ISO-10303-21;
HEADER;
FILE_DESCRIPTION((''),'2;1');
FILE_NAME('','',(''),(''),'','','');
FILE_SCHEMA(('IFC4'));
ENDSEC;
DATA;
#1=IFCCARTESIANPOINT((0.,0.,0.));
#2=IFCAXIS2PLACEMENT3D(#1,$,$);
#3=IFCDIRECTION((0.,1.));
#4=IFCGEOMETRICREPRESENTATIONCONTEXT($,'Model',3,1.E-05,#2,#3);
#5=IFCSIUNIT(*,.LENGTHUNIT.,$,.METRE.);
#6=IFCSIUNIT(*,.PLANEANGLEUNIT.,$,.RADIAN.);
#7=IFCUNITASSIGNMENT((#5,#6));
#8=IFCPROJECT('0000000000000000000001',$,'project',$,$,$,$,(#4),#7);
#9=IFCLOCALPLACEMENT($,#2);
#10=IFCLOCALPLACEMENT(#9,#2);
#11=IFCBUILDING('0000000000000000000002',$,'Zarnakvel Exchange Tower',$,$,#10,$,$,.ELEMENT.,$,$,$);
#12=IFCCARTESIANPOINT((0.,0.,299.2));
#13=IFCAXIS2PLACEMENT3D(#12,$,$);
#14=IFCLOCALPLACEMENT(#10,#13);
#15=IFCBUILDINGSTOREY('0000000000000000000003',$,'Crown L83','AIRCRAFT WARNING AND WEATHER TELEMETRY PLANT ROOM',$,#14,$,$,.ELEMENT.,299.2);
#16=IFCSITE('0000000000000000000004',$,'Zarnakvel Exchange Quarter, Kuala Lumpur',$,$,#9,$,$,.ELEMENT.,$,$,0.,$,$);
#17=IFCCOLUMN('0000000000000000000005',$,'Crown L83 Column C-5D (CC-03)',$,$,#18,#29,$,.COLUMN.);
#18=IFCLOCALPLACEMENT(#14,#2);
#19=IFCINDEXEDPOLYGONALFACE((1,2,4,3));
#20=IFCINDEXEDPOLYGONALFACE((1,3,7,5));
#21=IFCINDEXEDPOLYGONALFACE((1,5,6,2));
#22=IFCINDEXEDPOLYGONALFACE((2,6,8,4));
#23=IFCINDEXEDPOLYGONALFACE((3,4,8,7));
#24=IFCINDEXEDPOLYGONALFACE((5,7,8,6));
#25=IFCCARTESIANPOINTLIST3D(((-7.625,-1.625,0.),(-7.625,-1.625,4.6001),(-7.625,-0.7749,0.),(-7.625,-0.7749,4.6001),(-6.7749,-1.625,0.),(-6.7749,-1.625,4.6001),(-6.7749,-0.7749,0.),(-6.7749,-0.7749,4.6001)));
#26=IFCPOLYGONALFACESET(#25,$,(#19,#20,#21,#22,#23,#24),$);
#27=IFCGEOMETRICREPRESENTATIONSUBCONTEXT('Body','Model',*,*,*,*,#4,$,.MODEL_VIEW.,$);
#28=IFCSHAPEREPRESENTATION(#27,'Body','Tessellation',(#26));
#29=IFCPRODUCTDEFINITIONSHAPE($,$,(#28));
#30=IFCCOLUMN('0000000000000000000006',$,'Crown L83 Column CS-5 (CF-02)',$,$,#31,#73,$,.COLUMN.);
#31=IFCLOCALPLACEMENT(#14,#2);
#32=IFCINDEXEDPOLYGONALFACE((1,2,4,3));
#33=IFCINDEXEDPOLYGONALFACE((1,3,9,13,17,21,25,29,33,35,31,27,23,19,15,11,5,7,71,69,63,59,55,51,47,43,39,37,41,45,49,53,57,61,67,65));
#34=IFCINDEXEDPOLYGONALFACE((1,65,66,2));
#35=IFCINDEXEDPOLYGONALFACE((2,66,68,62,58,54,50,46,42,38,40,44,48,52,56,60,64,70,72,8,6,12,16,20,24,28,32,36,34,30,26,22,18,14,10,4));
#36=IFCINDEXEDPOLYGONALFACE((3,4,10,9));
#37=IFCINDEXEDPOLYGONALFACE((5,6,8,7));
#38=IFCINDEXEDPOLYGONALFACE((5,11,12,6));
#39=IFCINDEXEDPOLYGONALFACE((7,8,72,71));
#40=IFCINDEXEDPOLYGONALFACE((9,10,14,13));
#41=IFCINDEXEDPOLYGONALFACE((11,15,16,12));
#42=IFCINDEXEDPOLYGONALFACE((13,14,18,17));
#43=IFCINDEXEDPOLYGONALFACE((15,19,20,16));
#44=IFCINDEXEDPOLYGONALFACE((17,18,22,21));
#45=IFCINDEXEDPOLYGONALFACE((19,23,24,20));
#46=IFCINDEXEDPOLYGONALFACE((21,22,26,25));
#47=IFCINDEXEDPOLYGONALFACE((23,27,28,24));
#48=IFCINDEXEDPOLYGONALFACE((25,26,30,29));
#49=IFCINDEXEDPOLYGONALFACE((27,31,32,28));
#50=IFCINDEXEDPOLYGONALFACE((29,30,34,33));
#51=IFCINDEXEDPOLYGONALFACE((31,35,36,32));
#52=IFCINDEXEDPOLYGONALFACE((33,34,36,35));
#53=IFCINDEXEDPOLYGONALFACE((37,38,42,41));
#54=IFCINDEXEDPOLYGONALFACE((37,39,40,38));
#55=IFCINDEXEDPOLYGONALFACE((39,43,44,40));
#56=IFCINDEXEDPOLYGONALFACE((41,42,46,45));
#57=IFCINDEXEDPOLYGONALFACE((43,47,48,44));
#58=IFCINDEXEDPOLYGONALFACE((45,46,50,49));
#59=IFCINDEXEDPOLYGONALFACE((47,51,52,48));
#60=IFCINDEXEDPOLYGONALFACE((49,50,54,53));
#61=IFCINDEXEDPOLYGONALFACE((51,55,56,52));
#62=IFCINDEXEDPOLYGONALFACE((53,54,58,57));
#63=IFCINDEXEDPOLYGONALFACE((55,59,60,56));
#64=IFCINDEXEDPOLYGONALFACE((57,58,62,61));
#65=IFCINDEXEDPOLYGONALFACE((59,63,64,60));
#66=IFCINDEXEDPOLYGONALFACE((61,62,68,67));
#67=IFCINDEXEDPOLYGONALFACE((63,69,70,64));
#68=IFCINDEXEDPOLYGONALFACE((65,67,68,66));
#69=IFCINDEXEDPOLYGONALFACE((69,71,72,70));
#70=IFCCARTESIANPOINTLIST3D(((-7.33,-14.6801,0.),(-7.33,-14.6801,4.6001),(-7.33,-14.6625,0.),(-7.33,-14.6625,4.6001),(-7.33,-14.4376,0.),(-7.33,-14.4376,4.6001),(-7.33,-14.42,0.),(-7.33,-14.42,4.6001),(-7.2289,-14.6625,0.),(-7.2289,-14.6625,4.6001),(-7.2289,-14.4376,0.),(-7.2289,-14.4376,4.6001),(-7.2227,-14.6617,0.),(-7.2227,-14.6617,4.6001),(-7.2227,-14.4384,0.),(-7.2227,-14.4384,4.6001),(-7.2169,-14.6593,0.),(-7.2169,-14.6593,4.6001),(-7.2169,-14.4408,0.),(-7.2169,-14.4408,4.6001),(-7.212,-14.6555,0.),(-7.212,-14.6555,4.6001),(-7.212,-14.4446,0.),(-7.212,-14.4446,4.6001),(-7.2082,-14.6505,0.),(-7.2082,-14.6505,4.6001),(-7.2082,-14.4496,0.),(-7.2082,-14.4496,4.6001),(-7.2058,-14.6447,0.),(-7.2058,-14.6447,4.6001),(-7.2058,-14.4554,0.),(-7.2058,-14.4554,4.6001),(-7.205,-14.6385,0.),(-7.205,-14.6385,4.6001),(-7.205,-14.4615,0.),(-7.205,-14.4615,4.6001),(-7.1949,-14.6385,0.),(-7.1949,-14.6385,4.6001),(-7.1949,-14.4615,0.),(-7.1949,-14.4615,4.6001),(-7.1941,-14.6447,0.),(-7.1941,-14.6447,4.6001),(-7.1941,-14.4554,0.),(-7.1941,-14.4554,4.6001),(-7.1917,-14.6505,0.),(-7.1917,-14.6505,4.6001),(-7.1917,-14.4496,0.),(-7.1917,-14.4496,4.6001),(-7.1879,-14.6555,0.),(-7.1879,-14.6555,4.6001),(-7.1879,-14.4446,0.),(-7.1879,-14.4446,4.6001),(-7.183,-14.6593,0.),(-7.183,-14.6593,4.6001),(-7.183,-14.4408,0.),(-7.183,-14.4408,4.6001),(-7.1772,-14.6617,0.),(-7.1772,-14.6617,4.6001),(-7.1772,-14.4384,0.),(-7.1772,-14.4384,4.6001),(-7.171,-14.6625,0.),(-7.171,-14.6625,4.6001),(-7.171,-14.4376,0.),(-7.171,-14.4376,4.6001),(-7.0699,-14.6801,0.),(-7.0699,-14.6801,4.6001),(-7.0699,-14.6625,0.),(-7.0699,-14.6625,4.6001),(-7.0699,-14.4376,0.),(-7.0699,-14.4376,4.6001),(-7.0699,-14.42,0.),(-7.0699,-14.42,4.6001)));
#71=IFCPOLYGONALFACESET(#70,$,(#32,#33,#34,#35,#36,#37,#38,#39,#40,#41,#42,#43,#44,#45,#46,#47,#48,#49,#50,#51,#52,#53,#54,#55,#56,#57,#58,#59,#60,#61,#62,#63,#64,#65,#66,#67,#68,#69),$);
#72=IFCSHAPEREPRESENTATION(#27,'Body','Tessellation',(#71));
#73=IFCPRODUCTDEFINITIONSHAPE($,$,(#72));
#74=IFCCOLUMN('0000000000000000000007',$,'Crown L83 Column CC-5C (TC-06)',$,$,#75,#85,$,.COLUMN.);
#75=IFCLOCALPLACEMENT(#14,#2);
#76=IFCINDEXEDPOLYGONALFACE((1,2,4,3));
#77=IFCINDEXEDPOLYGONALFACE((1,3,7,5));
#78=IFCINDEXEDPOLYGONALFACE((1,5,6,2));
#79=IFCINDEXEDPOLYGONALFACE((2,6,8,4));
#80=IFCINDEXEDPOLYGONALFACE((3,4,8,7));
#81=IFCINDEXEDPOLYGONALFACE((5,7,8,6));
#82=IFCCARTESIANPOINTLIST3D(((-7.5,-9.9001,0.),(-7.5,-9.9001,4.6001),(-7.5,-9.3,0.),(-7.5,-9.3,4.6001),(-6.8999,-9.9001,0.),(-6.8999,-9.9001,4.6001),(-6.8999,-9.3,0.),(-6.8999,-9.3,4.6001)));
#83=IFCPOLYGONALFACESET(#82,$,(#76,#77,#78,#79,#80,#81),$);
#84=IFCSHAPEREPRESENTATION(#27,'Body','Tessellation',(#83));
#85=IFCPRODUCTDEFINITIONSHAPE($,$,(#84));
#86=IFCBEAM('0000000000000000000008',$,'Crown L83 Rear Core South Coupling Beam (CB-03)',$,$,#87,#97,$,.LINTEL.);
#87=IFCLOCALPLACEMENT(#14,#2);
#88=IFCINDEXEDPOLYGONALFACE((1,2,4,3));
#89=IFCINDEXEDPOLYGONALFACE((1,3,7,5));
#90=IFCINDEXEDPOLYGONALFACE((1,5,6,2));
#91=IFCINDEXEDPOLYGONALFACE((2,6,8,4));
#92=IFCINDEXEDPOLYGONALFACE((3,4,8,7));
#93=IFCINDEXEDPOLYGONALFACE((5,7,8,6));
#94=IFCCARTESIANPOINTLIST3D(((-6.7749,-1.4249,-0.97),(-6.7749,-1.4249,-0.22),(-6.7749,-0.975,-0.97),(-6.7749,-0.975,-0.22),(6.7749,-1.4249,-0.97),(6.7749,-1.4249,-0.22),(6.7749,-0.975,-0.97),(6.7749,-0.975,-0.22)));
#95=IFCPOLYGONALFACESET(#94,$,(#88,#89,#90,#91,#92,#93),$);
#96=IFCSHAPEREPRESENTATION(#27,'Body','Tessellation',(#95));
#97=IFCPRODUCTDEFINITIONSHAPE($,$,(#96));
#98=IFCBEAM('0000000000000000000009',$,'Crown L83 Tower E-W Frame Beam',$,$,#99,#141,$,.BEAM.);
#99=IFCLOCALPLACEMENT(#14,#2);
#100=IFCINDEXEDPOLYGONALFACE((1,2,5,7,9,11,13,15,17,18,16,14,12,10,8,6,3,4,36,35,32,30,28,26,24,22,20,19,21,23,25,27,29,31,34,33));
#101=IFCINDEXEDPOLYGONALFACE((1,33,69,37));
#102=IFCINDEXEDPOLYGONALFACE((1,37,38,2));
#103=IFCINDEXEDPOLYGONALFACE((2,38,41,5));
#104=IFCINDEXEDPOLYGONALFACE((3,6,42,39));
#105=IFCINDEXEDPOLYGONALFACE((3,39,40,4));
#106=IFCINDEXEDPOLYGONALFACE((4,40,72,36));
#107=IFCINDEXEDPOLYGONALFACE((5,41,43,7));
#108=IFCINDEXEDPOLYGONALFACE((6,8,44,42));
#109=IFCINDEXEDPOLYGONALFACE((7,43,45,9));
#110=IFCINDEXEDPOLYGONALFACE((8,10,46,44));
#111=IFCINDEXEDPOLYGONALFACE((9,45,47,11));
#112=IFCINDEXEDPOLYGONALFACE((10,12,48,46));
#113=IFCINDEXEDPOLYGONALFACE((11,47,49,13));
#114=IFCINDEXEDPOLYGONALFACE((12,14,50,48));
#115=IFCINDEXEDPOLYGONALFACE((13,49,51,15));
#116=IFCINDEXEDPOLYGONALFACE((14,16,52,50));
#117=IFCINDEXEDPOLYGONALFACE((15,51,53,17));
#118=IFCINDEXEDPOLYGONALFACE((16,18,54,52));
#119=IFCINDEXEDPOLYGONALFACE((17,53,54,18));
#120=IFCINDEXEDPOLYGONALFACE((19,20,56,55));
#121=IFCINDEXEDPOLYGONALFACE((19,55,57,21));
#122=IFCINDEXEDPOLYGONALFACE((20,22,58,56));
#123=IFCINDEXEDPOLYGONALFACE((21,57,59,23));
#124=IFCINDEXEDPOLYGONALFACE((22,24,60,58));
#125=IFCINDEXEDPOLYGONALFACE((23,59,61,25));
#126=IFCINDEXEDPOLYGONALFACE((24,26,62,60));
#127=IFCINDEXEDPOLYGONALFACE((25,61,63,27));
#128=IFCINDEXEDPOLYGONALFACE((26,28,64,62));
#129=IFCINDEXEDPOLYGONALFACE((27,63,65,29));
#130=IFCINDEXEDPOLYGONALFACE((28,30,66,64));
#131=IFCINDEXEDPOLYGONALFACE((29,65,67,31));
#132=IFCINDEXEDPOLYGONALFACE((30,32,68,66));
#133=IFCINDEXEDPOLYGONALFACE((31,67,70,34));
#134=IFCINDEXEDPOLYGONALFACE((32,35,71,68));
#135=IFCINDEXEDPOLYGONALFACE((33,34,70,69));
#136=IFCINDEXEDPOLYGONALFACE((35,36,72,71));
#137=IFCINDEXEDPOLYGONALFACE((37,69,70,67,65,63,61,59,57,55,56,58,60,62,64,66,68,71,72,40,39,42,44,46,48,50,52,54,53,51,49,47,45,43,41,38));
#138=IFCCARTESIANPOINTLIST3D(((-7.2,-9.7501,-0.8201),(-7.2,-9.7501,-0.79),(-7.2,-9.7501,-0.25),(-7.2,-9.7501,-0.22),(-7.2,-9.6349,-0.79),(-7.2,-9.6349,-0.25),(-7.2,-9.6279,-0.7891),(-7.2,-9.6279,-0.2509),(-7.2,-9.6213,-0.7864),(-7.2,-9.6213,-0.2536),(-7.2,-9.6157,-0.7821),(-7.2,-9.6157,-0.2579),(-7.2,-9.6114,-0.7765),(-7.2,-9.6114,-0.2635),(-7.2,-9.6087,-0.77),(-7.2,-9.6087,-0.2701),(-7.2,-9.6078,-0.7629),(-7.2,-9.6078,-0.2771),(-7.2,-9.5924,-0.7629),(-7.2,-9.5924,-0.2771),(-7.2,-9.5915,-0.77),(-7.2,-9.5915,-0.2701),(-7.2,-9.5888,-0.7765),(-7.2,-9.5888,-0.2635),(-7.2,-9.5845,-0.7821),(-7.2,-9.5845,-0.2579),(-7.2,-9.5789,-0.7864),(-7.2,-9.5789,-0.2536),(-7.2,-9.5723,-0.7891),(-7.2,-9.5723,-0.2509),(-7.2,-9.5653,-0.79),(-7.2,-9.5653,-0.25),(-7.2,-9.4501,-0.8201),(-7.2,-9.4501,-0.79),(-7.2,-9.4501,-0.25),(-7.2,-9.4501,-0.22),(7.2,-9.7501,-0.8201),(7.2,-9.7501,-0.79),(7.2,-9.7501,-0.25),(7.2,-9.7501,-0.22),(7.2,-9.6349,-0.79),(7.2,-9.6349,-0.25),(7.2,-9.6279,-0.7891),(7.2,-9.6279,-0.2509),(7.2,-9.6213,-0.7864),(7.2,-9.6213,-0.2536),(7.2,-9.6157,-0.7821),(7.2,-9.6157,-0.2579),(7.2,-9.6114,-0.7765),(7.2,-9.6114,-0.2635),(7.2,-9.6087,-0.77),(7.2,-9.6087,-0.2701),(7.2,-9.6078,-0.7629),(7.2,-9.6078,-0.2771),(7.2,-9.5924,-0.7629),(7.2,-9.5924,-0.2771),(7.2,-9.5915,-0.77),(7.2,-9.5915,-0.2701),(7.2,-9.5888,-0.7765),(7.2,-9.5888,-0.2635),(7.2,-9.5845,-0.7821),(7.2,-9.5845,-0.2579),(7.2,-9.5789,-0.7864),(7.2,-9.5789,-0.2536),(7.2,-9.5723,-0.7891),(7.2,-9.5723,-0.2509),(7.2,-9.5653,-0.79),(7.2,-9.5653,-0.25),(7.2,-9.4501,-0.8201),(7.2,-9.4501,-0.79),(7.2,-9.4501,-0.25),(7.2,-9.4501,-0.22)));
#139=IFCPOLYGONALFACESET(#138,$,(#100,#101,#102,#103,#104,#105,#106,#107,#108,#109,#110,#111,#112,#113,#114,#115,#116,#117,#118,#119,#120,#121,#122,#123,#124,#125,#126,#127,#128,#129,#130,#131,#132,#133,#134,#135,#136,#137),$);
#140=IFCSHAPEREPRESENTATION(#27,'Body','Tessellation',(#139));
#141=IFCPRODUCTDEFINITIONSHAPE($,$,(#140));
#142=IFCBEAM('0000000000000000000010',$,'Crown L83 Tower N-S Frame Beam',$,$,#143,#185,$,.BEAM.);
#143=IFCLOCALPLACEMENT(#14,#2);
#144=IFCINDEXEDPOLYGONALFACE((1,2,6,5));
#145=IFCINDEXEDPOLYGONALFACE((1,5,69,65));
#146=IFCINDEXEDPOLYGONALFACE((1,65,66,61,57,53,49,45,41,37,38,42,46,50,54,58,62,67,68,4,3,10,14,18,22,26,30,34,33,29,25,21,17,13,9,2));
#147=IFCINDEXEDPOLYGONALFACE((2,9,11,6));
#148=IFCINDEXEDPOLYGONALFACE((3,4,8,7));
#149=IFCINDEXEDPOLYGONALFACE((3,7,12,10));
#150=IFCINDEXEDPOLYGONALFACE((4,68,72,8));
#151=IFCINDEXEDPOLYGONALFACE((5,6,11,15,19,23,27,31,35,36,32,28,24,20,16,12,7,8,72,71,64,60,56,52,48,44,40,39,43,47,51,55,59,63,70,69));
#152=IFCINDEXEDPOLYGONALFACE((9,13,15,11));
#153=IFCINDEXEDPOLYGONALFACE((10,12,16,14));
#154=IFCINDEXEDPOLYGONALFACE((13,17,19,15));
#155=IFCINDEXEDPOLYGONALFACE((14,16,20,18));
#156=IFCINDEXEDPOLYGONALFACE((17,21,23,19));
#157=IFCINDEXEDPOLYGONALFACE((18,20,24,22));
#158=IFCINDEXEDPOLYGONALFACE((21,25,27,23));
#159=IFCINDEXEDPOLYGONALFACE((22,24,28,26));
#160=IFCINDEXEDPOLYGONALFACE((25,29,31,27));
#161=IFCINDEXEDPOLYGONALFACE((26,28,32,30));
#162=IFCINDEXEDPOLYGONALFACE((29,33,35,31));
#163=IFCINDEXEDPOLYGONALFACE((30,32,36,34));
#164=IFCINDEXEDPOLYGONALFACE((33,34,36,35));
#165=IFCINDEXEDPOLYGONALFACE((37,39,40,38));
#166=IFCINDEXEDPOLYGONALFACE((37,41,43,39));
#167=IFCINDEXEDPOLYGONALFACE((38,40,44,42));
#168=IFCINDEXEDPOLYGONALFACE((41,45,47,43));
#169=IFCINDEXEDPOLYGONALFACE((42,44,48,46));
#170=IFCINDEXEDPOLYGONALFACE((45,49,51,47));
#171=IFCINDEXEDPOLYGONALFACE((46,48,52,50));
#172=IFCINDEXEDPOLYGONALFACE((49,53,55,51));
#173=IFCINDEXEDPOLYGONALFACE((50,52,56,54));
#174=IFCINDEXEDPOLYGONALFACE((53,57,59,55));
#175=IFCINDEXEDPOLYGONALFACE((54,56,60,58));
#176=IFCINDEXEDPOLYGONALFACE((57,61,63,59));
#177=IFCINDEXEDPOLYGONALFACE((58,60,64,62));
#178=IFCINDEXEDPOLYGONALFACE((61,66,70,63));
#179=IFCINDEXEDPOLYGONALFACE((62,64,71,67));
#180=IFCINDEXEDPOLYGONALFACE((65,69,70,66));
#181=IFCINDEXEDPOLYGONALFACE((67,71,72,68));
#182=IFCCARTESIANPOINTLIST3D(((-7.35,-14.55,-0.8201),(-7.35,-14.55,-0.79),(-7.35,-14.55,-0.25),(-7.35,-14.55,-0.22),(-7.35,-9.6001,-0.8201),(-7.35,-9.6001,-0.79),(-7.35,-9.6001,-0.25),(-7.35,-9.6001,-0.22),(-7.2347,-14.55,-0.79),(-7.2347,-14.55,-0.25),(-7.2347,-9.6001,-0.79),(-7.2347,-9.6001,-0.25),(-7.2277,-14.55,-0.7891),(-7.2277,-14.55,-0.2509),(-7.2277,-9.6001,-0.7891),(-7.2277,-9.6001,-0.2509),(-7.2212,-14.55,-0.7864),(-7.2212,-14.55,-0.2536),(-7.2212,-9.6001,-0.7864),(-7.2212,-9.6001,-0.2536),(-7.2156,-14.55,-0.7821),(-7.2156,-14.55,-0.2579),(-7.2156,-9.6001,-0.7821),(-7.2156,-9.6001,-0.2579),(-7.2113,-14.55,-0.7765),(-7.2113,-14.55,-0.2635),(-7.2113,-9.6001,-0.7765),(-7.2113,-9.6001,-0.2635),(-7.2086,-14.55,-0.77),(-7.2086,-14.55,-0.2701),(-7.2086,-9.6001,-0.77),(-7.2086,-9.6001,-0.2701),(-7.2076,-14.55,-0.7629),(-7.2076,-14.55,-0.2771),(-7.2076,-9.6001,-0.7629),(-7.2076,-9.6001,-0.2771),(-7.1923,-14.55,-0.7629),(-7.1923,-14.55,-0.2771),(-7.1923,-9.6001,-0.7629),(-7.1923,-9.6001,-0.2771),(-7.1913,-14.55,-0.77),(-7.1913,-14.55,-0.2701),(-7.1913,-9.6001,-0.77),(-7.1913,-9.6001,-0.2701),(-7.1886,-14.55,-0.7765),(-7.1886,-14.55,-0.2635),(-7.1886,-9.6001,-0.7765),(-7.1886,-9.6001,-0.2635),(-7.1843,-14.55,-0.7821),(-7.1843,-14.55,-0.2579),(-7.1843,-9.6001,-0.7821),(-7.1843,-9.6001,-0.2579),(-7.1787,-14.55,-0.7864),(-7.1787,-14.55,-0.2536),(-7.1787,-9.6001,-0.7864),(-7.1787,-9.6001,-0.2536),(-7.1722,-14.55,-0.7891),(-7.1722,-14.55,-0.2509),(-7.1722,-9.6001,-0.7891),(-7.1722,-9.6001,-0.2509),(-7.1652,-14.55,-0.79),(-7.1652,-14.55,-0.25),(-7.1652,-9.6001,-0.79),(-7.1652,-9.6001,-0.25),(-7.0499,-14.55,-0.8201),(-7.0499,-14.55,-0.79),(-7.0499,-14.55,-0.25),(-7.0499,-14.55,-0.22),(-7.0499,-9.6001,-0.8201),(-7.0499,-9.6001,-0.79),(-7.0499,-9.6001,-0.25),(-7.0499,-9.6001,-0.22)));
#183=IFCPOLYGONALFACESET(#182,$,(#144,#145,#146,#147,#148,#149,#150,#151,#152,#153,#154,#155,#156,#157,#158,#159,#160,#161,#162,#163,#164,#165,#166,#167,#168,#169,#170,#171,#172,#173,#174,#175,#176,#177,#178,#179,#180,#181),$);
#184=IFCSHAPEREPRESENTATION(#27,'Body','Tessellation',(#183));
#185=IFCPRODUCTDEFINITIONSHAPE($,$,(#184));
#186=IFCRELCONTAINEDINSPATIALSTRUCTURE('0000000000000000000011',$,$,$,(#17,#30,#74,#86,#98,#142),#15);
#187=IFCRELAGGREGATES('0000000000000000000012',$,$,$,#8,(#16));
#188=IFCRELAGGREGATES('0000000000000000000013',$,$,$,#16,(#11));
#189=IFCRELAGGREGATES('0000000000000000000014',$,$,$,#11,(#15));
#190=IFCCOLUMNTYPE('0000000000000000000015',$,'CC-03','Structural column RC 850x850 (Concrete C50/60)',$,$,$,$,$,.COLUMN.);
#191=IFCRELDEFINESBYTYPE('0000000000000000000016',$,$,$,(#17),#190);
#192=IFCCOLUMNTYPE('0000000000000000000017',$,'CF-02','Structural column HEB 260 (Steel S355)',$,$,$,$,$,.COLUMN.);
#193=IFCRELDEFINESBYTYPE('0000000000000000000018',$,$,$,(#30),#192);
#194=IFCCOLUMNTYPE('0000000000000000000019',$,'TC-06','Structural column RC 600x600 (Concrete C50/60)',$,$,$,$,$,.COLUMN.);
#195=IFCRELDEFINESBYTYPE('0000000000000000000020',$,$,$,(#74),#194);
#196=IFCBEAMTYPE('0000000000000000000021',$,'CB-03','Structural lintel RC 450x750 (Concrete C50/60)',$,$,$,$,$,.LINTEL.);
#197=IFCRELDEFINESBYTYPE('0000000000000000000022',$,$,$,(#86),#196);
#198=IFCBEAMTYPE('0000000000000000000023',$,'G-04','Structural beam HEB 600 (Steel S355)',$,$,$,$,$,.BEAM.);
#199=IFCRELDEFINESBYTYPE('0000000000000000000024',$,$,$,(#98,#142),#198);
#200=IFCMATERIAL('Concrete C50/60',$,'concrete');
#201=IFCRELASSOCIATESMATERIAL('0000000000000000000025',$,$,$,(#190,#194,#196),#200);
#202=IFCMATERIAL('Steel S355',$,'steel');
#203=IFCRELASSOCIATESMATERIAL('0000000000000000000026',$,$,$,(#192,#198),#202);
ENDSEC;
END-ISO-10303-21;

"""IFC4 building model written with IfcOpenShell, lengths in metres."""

from ifc_helpers import new_model, si_unit, direction, frame, origin, origin_2d, place, context, subcontext, project, spatial, rectangle, i_section, extrude, material, material_profile, profile_set, type_object, element, save


model = new_model("IFC4")

# Units and contexts
model_context = context("Model", 3, precision=1e-05, world=origin(), true_north=direction((0.0, 1.0)))
body_context = subcontext(model_context, "Body", "Model", "MODEL_VIEW")
ifc_project = project(units=[si_unit("LENGTHUNIT", "METRE"), si_unit("PLANEANGLEUNIT", "RADIAN")], contexts=[model_context])

# Site, building, storey
site_placement = place(None, origin())
site = spatial("IfcSite", under=ifc_project, at=site_placement, Name="Zarnakvel Exchange Quarter, Kuala Lumpur", CompositionType="ELEMENT", RefElevation=0.0)
building_placement = place(site_placement, origin())
building = spatial("IfcBuilding", under=site, at=building_placement, Name="Zarnakvel Exchange Tower", CompositionType="ELEMENT")
storey_placement = place(building_placement, frame((0.0, 0.0, 299.2)))
storey = spatial("IfcBuildingStorey", under=building, at=storey_placement, Name="Crown L83", Description="AIRCRAFT WARNING AND WEATHER TELEMETRY PLANT ROOM", CompositionType="ELEMENT", Elevation=299.2)

# Columns
ifc_material_1 = material(Name="Concrete C50/60", Category="concrete")
ifc_material_profile_1 = material_profile(ifc_material_1, rectangle(XDim=0.8501, YDim=0.8501, at=origin_2d()))
ifc_profile_set_1 = profile_set([ifc_material_profile_1], Name="Concrete C50/60")
column_type_1 = type_object("IfcColumnType", Name="CC-03", Description="Structural column RC 850x850 (Concrete C50/60)", PredefinedType="COLUMN", material=ifc_profile_set_1)
column_1_placement = place(storey_placement, frame((-7.2, -1.2, 0.0), z_axis=(0.0, 0.0, 1.0), x_axis=(1.0, 0.0, 0.0)))
element("IfcColumn", 1, at=column_1_placement, inside=storey, type_object=column_type_1, Name="Crown L83 Column C-5D (CC-03)", PredefinedType="COLUMN", context=body_context, shape_type="SweptSolid", body=[
    extrude(rectangle(XDim=0.8501, YDim=0.8501, at=origin_2d()), origin(), (0.0, 0.0, 1.0), 4.6001),
])
ifc_material_2 = material(Name="Steel S355", Category="steel")
ifc_material_profile_2 = material_profile(ifc_material_2, i_section(OverallWidth=0.26, OverallDepth=0.26, WebThickness=0.01, FlangeThickness=0.0176, FilletRadius=0.0239, at=origin_2d()))
ifc_profile_set_2 = profile_set([ifc_material_profile_2], Name="Steel S355")
column_type_2 = type_object("IfcColumnType", Name="CF-02", Description="Structural column HEB 260 (Steel S355)", PredefinedType="COLUMN", material=ifc_profile_set_2)
column_2_placement = place(storey_placement, frame((-7.2, -14.55, 0.0), z_axis=(0.0, 0.0, 1.0), x_axis=(1.0, 0.0, 0.0)))
element("IfcColumn", 2, at=column_2_placement, inside=storey, type_object=column_type_2, Name="Crown L83 Column CS-5 (CF-02)", PredefinedType="COLUMN", context=body_context, shape_type="SweptSolid", body=[
    extrude(i_section(OverallWidth=0.26, OverallDepth=0.26, WebThickness=0.01, FlangeThickness=0.0176, FilletRadius=0.0239, at=origin_2d()), origin(), (0.0, 0.0, 1.0), 4.6001),
])
ifc_material_profile_3 = material_profile(ifc_material_1, rectangle(XDim=0.6001, YDim=0.6001, at=origin_2d()))
ifc_profile_set_3 = profile_set([ifc_material_profile_3], Name="Concrete C50/60")
column_type_3 = type_object("IfcColumnType", Name="TC-06", Description="Structural column RC 600x600 (Concrete C50/60)", PredefinedType="COLUMN", material=ifc_profile_set_3)
column_3_placement = place(storey_placement, frame((-7.2, -9.6001, 0.0), z_axis=(0.0, 0.0, 1.0), x_axis=(1.0, 0.0, 0.0)))
element("IfcColumn", 3, at=column_3_placement, inside=storey, type_object=column_type_3, Name="Crown L83 Column CC-5C (TC-06)", PredefinedType="COLUMN", context=body_context, shape_type="SweptSolid", body=[
    extrude(rectangle(XDim=0.6001, YDim=0.6001, at=origin_2d()), origin(), (0.0, 0.0, 1.0), 4.6001),
])

# Beams
ifc_material_profile_4 = material_profile(ifc_material_1, rectangle(XDim=0.45, YDim=0.75, at=origin_2d()))
ifc_profile_set_4 = profile_set([ifc_material_profile_4], Name="Concrete C50/60")
beam_type_1 = type_object("IfcBeamType", Name="CB-03", Description="Structural lintel RC 450x750 (Concrete C50/60)", PredefinedType="LINTEL", material=ifc_profile_set_4)
beam_1_placement = place(storey_placement, frame((-6.7749, -1.2, -0.595), z_axis=(1.0, 0.0, 0.0), x_axis=(0.0, 1.0, 0.0)))
element("IfcBeam", 4, at=beam_1_placement, inside=storey, type_object=beam_type_1, Name="Crown L83 Rear Core South Coupling Beam (CB-03)", PredefinedType="LINTEL", context=body_context, shape_type="SweptSolid", body=[
    extrude(rectangle(XDim=0.45, YDim=0.75, at=origin_2d()), origin(), (0.0, 0.0, 1.0), 13.5498),
])
ifc_material_profile_5 = material_profile(ifc_material_2, i_section(OverallWidth=0.3, OverallDepth=0.6001, WebThickness=0.0154, FlangeThickness=0.03, FilletRadius=0.0271, at=origin_2d()))
ifc_profile_set_5 = profile_set([ifc_material_profile_5], Name="Steel S355")
beam_type_2 = type_object("IfcBeamType", Name="G-04", Description="Structural beam HEB 600 (Steel S355)", PredefinedType="BEAM", material=ifc_profile_set_5)
beam_2_placement = place(storey_placement, frame((-7.2, -9.6001, -0.52), z_axis=(1.0, 0.0, 0.0), x_axis=(0.0, 1.0, 0.0)))
element("IfcBeam", 5, at=beam_2_placement, inside=storey, type_object=beam_type_2, Name="Crown L83 Tower E-W Frame Beam", PredefinedType="BEAM", context=body_context, shape_type="SweptSolid", body=[
    extrude(i_section(OverallWidth=0.3, OverallDepth=0.6001, WebThickness=0.0154, FlangeThickness=0.03, FilletRadius=0.0271, at=origin_2d()), origin(), (0.0, 0.0, 1.0), 14.3999),
])
beam_3_placement = place(storey_placement, frame((-7.2, -14.55, -0.52), z_axis=(0.0, 1.0, 0.0), x_axis=(-1.0, 0.0, 0.0)))
element("IfcBeam", 6, at=beam_3_placement, inside=storey, type_object=beam_type_2, Name="Crown L83 Tower N-S Frame Beam", PredefinedType="BEAM", context=body_context, shape_type="SweptSolid", body=[
    extrude(i_section(OverallWidth=0.3, OverallDepth=0.6001, WebThickness=0.0154, FlangeThickness=0.03, FilletRadius=0.0271, at=origin_2d()), origin(), (0.0, 0.0, 1.0), 4.95),
])

save(model, "model.ifc")
